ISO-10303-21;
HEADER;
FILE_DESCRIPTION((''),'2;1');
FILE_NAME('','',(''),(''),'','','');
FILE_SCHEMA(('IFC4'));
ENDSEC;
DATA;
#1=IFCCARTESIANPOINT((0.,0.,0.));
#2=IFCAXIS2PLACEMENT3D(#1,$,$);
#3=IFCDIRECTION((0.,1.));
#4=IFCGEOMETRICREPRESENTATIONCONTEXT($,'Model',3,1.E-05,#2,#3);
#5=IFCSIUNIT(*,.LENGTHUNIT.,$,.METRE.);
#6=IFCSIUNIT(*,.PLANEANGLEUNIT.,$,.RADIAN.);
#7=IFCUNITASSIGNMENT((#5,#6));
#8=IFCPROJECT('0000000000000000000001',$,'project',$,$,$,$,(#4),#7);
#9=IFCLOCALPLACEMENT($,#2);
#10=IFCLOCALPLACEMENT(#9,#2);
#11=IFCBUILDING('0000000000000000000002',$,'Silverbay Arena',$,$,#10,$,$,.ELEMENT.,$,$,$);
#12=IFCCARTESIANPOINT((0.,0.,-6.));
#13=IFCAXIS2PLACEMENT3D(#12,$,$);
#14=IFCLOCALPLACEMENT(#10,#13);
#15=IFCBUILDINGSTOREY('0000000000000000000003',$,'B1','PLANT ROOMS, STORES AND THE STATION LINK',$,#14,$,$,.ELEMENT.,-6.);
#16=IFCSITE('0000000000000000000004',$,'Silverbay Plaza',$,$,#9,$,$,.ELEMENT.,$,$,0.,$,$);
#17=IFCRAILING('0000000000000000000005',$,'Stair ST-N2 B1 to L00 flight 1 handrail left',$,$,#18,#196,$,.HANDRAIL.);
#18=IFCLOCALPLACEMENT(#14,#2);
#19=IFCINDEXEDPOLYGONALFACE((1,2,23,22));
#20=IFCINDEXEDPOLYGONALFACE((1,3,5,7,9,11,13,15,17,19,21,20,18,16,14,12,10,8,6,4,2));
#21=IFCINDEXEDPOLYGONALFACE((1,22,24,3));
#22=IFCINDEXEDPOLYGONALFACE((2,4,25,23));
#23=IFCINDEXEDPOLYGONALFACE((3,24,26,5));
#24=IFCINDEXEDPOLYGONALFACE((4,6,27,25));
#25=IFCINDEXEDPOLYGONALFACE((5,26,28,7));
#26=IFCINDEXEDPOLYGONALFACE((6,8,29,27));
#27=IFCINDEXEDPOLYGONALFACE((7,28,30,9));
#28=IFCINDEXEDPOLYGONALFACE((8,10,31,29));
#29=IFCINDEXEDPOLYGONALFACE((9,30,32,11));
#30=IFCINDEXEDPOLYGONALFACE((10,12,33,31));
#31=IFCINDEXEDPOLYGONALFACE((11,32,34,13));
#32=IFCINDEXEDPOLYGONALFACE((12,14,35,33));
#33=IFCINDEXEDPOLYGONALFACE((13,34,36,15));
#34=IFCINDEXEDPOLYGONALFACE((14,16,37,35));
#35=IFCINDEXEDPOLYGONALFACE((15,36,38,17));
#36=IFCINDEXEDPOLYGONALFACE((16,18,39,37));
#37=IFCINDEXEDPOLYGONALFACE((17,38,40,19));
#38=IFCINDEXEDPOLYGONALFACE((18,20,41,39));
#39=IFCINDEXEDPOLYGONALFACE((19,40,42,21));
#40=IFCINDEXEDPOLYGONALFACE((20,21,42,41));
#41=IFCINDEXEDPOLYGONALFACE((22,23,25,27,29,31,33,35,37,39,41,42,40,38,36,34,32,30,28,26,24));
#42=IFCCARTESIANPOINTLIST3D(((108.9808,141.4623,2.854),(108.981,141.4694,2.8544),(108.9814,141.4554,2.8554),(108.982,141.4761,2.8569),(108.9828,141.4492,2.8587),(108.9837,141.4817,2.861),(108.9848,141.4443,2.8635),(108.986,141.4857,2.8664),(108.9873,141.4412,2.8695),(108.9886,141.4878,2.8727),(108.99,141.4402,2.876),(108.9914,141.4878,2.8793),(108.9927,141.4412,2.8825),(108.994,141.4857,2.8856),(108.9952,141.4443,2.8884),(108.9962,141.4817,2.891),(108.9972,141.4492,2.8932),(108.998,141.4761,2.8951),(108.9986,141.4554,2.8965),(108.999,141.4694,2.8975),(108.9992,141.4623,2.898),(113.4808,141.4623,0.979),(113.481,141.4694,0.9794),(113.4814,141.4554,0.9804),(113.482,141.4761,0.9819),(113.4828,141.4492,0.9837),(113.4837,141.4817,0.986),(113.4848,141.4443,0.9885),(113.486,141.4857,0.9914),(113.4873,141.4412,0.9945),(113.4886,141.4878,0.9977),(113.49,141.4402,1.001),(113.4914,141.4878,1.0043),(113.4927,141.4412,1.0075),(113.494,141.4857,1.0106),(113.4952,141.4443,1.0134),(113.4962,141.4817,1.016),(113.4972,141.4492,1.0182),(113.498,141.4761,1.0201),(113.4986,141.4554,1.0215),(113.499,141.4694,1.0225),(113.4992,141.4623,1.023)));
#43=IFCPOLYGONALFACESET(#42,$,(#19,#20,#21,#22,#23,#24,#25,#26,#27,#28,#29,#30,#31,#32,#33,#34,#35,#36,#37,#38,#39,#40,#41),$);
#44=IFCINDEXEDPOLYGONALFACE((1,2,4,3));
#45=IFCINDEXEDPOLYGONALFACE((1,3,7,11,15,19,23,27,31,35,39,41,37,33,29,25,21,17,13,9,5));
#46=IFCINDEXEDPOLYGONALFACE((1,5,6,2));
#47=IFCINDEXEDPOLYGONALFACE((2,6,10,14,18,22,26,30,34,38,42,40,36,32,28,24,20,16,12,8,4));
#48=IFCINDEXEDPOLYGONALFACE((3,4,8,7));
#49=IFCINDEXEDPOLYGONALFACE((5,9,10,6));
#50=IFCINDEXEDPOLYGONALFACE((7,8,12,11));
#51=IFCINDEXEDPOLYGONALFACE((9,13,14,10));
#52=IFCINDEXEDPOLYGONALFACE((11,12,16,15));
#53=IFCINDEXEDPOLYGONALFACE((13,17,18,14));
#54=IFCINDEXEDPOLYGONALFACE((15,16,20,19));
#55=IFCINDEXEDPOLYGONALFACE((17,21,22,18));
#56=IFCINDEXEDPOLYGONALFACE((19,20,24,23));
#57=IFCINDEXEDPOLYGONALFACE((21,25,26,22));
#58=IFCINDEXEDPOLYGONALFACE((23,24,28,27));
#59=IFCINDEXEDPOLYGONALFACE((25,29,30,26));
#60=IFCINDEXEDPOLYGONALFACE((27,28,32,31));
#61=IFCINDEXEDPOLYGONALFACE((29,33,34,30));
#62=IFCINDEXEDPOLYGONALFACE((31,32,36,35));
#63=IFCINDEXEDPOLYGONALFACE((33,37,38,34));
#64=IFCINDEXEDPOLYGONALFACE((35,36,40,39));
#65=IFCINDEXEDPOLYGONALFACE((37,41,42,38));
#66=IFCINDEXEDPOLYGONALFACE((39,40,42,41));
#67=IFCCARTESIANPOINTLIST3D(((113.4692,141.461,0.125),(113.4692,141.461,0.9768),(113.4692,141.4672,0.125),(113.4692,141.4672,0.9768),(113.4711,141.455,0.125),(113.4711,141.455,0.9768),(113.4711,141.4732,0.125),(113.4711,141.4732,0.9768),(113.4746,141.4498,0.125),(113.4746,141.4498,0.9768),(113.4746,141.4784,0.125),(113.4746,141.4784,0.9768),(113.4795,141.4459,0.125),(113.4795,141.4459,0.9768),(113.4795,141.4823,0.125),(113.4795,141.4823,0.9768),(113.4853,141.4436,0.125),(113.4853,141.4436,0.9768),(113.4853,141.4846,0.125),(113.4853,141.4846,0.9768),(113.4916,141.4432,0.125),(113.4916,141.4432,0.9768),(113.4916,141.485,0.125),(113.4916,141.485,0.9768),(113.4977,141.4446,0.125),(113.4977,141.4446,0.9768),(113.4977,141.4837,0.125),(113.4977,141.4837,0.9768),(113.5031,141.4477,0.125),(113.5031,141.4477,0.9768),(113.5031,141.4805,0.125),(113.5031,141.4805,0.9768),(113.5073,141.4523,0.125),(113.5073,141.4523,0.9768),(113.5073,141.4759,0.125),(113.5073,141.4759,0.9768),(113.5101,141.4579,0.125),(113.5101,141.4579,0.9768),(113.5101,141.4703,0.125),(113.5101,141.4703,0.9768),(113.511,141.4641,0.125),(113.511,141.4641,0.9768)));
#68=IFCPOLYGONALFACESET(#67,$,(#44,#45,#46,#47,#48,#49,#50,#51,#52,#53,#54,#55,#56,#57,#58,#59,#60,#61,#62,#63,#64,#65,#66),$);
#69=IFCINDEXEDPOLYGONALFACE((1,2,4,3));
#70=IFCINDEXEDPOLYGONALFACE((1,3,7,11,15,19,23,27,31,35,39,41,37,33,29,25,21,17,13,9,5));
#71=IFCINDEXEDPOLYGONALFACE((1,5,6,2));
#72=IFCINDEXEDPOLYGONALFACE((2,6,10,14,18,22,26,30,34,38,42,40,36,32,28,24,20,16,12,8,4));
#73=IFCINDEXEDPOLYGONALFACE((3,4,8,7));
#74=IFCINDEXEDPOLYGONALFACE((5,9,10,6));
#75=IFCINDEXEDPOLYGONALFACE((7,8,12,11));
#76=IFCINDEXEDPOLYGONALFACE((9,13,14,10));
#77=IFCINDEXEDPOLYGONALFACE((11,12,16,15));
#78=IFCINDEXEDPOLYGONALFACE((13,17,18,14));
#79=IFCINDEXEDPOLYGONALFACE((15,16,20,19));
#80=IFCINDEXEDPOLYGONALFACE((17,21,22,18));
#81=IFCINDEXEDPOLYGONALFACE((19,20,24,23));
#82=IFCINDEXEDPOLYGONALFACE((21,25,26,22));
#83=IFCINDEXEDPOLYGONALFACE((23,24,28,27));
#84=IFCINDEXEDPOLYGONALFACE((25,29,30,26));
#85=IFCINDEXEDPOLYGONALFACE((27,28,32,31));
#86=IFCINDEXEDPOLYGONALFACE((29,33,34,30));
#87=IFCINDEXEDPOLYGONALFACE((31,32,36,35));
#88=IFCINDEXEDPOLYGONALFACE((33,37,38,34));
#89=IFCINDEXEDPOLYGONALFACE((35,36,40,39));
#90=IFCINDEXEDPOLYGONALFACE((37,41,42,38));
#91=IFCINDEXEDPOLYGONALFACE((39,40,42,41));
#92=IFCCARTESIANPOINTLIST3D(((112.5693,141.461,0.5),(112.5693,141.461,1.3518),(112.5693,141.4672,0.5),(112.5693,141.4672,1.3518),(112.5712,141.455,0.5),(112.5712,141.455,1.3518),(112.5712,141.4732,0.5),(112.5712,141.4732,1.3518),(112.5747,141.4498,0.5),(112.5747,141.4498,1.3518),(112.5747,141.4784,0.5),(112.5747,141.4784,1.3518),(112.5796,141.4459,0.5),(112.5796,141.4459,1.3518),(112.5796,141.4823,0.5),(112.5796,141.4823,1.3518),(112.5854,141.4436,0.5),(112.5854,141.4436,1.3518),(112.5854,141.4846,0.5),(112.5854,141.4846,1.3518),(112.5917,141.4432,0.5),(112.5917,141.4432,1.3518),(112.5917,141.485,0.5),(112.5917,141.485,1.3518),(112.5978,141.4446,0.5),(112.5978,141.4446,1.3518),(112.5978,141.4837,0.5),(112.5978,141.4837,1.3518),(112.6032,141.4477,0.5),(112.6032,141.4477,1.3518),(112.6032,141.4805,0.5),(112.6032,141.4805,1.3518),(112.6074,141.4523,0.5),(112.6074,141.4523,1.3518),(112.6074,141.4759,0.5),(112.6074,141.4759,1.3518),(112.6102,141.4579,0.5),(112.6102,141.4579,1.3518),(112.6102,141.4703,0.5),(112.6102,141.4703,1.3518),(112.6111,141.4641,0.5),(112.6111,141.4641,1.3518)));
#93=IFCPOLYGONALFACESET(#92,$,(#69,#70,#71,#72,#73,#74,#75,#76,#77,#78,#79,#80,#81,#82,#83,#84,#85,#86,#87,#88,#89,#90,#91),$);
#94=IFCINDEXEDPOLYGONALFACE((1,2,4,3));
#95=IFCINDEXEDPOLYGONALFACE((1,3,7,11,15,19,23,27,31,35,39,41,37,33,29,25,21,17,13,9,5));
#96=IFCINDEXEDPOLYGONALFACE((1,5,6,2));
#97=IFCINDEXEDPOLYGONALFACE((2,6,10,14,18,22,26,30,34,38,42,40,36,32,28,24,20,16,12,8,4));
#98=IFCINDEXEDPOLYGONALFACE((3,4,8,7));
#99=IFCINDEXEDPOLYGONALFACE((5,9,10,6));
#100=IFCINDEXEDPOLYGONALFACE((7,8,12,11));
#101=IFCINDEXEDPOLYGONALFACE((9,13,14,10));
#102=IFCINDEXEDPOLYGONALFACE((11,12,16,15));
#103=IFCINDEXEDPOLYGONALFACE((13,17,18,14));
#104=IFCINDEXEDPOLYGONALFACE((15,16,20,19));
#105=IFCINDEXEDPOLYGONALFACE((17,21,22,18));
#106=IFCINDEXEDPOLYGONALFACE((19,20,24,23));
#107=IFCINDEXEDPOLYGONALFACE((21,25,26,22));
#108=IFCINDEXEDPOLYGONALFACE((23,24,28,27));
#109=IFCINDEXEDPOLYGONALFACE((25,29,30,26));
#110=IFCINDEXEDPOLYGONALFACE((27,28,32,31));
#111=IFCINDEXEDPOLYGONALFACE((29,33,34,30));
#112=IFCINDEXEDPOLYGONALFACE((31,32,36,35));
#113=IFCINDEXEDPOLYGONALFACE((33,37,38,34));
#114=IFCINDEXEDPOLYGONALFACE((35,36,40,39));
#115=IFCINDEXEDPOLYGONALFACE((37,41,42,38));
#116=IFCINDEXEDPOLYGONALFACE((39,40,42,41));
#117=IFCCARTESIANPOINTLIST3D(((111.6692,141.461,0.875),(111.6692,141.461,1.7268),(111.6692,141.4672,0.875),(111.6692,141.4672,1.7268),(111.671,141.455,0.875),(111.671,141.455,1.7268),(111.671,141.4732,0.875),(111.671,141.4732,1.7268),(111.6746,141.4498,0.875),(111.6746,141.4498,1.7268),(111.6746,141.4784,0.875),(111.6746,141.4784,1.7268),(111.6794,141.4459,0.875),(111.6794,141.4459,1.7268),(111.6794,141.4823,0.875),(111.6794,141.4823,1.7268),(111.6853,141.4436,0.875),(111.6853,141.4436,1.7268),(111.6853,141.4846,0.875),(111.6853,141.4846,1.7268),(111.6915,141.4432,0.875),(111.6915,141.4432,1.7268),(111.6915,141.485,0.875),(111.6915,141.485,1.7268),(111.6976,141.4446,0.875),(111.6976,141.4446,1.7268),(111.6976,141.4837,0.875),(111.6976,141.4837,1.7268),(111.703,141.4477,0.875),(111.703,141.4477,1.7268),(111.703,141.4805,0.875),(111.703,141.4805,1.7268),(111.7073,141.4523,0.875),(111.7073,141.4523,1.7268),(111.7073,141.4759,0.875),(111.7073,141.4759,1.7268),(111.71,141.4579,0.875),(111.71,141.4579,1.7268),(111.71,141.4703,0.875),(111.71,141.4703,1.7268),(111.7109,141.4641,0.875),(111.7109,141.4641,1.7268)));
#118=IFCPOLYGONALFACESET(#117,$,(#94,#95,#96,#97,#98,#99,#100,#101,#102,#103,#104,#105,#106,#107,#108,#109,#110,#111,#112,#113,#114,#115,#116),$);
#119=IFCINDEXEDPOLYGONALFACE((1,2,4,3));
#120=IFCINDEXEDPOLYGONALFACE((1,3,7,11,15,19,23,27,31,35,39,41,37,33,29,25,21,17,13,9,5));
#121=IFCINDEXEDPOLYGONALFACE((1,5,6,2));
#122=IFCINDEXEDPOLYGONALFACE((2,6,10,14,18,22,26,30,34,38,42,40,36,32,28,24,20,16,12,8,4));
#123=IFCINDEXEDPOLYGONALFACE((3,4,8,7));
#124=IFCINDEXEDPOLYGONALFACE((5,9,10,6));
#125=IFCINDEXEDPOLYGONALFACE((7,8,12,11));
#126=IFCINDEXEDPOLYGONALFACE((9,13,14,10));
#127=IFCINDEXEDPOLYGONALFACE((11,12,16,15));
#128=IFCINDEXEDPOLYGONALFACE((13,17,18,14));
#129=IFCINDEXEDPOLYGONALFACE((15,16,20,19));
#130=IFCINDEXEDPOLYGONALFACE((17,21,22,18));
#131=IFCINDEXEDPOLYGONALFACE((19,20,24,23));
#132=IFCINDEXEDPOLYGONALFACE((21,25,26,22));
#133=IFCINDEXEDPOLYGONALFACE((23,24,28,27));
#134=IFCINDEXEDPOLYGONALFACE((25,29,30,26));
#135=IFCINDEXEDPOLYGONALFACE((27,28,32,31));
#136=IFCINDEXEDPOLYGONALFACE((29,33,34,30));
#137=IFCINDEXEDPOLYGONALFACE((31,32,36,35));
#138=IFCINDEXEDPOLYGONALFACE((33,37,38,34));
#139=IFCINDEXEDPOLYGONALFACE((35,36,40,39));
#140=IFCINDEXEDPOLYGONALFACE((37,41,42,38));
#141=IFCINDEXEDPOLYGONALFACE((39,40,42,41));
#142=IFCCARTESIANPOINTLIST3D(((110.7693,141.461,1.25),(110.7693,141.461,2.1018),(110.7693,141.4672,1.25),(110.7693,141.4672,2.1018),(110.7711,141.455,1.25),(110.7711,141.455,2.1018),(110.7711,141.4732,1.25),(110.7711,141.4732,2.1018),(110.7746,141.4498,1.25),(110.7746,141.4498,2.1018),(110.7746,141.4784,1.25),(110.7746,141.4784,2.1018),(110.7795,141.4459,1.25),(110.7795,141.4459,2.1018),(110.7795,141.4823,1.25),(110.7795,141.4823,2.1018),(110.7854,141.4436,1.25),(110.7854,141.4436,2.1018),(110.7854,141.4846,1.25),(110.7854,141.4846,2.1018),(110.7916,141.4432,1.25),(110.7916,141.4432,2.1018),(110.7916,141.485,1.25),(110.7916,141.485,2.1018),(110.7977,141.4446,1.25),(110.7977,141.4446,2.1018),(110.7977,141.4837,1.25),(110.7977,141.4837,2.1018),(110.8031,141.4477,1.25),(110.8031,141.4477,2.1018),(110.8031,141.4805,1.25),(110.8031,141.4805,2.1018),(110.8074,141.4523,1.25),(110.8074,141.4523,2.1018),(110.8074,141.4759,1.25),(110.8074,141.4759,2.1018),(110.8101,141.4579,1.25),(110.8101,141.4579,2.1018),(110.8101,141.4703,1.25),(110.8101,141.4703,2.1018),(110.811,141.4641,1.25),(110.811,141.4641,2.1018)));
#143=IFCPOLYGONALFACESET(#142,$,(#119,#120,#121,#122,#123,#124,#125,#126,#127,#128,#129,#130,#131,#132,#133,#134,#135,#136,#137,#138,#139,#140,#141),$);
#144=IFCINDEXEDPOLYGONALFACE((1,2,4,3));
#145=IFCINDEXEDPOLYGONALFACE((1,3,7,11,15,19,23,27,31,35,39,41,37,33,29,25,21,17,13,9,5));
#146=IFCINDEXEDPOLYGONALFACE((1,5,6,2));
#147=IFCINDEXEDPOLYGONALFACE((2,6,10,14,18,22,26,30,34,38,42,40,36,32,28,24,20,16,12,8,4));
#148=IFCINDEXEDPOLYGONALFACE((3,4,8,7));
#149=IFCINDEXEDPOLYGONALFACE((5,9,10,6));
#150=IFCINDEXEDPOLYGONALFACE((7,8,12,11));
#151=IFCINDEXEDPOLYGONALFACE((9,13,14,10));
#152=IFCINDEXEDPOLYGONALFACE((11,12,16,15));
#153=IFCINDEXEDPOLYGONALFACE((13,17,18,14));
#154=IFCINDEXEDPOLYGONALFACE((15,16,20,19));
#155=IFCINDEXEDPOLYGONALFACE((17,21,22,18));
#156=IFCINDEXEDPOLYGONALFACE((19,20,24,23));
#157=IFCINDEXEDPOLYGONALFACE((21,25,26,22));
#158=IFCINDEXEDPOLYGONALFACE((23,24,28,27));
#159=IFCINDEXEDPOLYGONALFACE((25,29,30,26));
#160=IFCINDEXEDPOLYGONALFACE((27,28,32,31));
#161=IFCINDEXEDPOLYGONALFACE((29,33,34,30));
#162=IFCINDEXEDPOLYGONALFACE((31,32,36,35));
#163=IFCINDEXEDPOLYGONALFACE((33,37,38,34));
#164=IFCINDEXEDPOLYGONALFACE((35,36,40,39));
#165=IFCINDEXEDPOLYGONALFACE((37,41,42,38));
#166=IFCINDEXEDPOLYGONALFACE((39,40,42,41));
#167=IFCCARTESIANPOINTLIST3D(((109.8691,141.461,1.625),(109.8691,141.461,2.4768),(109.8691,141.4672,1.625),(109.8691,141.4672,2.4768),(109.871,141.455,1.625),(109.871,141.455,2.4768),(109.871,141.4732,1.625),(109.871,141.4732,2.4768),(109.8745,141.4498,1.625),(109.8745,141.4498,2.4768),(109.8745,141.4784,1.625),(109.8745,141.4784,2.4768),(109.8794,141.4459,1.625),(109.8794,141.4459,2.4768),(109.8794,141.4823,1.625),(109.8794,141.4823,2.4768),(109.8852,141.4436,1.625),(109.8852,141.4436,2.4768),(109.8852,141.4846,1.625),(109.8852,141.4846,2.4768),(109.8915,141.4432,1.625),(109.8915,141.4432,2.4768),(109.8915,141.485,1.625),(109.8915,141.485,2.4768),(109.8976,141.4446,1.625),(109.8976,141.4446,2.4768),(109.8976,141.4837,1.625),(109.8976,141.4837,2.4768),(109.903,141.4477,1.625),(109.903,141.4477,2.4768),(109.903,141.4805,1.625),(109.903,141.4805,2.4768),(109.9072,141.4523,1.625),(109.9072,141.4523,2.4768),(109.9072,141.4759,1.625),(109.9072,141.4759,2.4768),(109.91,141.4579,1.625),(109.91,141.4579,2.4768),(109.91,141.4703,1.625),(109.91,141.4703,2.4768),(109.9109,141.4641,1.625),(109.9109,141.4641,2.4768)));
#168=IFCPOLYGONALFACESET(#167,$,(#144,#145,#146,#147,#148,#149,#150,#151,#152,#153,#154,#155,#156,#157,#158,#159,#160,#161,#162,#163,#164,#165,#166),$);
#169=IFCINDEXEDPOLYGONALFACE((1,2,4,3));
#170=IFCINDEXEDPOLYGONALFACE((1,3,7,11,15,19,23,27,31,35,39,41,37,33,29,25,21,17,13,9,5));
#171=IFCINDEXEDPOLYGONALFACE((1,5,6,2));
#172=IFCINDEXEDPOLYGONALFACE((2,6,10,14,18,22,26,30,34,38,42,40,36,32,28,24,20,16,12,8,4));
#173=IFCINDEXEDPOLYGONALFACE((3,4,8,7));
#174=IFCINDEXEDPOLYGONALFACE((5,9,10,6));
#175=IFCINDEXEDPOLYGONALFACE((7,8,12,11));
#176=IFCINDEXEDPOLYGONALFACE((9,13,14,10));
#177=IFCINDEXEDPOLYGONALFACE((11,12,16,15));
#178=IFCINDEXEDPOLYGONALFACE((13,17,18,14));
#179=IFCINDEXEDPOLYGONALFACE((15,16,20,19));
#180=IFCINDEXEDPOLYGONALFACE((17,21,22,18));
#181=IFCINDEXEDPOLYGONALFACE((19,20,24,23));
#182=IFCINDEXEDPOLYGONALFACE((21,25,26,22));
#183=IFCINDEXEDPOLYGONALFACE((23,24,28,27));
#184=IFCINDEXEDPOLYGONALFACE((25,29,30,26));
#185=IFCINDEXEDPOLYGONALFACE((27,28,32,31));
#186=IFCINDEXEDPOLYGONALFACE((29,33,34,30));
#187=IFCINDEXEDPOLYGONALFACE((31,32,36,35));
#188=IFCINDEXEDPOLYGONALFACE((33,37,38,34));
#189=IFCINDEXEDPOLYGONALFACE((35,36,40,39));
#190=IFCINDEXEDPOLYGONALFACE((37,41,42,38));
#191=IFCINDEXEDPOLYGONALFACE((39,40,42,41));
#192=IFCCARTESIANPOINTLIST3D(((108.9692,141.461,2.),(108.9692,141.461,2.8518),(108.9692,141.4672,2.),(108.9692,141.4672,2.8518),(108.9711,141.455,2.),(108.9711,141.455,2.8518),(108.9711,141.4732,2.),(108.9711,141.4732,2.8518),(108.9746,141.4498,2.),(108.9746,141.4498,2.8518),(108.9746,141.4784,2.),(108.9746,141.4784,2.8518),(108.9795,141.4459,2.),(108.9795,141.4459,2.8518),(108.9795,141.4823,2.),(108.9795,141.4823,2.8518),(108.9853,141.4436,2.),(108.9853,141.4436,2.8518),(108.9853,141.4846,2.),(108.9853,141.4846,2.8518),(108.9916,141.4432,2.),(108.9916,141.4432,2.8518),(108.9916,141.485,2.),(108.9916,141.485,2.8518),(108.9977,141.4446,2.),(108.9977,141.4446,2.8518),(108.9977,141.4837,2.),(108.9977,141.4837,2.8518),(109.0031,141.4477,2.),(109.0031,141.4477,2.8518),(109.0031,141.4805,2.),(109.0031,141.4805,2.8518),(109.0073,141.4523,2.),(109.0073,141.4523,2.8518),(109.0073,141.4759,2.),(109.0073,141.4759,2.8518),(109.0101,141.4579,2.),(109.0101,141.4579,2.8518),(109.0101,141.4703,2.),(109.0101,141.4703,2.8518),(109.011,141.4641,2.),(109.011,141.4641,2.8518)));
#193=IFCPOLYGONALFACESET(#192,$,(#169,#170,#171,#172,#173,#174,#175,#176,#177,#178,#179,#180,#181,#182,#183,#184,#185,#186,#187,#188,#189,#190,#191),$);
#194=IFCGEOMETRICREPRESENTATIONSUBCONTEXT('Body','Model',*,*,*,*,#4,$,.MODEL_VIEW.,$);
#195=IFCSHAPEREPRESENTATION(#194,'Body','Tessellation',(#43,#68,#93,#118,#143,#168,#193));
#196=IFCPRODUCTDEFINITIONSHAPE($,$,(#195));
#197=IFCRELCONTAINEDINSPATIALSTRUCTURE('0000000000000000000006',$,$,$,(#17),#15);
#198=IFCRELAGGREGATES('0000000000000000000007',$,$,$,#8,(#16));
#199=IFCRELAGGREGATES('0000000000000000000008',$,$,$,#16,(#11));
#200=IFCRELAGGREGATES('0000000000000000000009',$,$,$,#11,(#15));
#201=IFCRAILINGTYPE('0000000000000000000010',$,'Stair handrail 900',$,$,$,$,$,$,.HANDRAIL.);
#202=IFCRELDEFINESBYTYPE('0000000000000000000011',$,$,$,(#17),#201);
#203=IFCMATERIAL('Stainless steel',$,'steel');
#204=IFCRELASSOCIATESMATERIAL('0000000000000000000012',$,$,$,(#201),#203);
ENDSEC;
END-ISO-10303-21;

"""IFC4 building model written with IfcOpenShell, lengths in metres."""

from ifc_helpers import new_model, si_unit, direction, frame, origin, origin_2d, place, context, subcontext, project, spatial, circle, extrude, material, type_object, element, save


model = new_model("IFC4")

# Units and contexts
model_context = context("Model", 3, precision=1e-05, world=origin(), true_north=direction((0.0, 1.0)))
body_context = subcontext(model_context, "Body", "Model", "MODEL_VIEW")
ifc_project = project(units=[si_unit("LENGTHUNIT", "METRE"), si_unit("PLANEANGLEUNIT", "RADIAN")], contexts=[model_context])

# Site, building, storey
site_placement = place(None, origin())
site = spatial("IfcSite", under=ifc_project, at=site_placement, Name="Silverbay Plaza", CompositionType="ELEMENT", RefElevation=0.0)
building_placement = place(site_placement, origin())
building = spatial("IfcBuilding", under=site, at=building_placement, Name="Silverbay Arena", CompositionType="ELEMENT")
storey_placement = place(building_placement, frame((0.0, 0.0, -6.0)))
storey = spatial("IfcBuildingStorey", under=building, at=storey_placement, Name="B1", Description="PLANT ROOMS, STORES AND THE STATION LINK", CompositionType="ELEMENT", Elevation=-6.0)

# Railing
ifc_material_1 = material(Name="Stainless steel", Category="steel")
railing_type_1 = type_object("IfcRailingType", Name="Stair handrail 900", PredefinedType="HANDRAIL", material=ifc_material_1)
for number, where, name in (
    (1, (113.49, 141.4641, 0.125), "Stair ST-N2 B1 to L00 flight 1 handrail left"),
):
    element("IfcRailing", number, at=place(storey_placement, frame(where)), inside=storey, type_object=railing_type_1, Name=name, PredefinedType="HANDRAIL", context=body_context, shape_type="SweptSolid", body=[
        extrude(circle(Radius=0.0239, at=origin_2d()), frame((0.0, 0.0, 0.876), z_axis=(-0.923077, 0.0, 0.384615), x_axis=(0.0, -1.0, 0.0)), (0.0, 0.0, 1.0), 4.875),
        extrude(circle(Radius=0.021, at=origin_2d()), origin(), (0.0, 0.0, 1.0), 0.8518),
        extrude(circle(Radius=0.021, at=origin_2d()), frame((-0.8999, 0.0, 0.375)), (0.0, 0.0, 1.0), 0.8518),
        extrude(circle(Radius=0.021, at=origin_2d()), frame((-1.8, 0.0, 0.75)), (0.0, 0.0, 1.0), 0.8518),
        extrude(circle(Radius=0.021, at=origin_2d()), frame((-2.7, 0.0, 1.125)), (0.0, 0.0, 1.0), 0.8518),
        extrude(circle(Radius=0.021, at=origin_2d()), frame((-3.6001, 0.0, 1.5)), (0.0, 0.0, 1.0), 0.8518),
        extrude(circle(Radius=0.021, at=origin_2d()), frame((-4.5, 0.0, 1.875)), (0.0, 0.0, 1.0), 0.8518),
    ])

save(model, "model.ifc")
